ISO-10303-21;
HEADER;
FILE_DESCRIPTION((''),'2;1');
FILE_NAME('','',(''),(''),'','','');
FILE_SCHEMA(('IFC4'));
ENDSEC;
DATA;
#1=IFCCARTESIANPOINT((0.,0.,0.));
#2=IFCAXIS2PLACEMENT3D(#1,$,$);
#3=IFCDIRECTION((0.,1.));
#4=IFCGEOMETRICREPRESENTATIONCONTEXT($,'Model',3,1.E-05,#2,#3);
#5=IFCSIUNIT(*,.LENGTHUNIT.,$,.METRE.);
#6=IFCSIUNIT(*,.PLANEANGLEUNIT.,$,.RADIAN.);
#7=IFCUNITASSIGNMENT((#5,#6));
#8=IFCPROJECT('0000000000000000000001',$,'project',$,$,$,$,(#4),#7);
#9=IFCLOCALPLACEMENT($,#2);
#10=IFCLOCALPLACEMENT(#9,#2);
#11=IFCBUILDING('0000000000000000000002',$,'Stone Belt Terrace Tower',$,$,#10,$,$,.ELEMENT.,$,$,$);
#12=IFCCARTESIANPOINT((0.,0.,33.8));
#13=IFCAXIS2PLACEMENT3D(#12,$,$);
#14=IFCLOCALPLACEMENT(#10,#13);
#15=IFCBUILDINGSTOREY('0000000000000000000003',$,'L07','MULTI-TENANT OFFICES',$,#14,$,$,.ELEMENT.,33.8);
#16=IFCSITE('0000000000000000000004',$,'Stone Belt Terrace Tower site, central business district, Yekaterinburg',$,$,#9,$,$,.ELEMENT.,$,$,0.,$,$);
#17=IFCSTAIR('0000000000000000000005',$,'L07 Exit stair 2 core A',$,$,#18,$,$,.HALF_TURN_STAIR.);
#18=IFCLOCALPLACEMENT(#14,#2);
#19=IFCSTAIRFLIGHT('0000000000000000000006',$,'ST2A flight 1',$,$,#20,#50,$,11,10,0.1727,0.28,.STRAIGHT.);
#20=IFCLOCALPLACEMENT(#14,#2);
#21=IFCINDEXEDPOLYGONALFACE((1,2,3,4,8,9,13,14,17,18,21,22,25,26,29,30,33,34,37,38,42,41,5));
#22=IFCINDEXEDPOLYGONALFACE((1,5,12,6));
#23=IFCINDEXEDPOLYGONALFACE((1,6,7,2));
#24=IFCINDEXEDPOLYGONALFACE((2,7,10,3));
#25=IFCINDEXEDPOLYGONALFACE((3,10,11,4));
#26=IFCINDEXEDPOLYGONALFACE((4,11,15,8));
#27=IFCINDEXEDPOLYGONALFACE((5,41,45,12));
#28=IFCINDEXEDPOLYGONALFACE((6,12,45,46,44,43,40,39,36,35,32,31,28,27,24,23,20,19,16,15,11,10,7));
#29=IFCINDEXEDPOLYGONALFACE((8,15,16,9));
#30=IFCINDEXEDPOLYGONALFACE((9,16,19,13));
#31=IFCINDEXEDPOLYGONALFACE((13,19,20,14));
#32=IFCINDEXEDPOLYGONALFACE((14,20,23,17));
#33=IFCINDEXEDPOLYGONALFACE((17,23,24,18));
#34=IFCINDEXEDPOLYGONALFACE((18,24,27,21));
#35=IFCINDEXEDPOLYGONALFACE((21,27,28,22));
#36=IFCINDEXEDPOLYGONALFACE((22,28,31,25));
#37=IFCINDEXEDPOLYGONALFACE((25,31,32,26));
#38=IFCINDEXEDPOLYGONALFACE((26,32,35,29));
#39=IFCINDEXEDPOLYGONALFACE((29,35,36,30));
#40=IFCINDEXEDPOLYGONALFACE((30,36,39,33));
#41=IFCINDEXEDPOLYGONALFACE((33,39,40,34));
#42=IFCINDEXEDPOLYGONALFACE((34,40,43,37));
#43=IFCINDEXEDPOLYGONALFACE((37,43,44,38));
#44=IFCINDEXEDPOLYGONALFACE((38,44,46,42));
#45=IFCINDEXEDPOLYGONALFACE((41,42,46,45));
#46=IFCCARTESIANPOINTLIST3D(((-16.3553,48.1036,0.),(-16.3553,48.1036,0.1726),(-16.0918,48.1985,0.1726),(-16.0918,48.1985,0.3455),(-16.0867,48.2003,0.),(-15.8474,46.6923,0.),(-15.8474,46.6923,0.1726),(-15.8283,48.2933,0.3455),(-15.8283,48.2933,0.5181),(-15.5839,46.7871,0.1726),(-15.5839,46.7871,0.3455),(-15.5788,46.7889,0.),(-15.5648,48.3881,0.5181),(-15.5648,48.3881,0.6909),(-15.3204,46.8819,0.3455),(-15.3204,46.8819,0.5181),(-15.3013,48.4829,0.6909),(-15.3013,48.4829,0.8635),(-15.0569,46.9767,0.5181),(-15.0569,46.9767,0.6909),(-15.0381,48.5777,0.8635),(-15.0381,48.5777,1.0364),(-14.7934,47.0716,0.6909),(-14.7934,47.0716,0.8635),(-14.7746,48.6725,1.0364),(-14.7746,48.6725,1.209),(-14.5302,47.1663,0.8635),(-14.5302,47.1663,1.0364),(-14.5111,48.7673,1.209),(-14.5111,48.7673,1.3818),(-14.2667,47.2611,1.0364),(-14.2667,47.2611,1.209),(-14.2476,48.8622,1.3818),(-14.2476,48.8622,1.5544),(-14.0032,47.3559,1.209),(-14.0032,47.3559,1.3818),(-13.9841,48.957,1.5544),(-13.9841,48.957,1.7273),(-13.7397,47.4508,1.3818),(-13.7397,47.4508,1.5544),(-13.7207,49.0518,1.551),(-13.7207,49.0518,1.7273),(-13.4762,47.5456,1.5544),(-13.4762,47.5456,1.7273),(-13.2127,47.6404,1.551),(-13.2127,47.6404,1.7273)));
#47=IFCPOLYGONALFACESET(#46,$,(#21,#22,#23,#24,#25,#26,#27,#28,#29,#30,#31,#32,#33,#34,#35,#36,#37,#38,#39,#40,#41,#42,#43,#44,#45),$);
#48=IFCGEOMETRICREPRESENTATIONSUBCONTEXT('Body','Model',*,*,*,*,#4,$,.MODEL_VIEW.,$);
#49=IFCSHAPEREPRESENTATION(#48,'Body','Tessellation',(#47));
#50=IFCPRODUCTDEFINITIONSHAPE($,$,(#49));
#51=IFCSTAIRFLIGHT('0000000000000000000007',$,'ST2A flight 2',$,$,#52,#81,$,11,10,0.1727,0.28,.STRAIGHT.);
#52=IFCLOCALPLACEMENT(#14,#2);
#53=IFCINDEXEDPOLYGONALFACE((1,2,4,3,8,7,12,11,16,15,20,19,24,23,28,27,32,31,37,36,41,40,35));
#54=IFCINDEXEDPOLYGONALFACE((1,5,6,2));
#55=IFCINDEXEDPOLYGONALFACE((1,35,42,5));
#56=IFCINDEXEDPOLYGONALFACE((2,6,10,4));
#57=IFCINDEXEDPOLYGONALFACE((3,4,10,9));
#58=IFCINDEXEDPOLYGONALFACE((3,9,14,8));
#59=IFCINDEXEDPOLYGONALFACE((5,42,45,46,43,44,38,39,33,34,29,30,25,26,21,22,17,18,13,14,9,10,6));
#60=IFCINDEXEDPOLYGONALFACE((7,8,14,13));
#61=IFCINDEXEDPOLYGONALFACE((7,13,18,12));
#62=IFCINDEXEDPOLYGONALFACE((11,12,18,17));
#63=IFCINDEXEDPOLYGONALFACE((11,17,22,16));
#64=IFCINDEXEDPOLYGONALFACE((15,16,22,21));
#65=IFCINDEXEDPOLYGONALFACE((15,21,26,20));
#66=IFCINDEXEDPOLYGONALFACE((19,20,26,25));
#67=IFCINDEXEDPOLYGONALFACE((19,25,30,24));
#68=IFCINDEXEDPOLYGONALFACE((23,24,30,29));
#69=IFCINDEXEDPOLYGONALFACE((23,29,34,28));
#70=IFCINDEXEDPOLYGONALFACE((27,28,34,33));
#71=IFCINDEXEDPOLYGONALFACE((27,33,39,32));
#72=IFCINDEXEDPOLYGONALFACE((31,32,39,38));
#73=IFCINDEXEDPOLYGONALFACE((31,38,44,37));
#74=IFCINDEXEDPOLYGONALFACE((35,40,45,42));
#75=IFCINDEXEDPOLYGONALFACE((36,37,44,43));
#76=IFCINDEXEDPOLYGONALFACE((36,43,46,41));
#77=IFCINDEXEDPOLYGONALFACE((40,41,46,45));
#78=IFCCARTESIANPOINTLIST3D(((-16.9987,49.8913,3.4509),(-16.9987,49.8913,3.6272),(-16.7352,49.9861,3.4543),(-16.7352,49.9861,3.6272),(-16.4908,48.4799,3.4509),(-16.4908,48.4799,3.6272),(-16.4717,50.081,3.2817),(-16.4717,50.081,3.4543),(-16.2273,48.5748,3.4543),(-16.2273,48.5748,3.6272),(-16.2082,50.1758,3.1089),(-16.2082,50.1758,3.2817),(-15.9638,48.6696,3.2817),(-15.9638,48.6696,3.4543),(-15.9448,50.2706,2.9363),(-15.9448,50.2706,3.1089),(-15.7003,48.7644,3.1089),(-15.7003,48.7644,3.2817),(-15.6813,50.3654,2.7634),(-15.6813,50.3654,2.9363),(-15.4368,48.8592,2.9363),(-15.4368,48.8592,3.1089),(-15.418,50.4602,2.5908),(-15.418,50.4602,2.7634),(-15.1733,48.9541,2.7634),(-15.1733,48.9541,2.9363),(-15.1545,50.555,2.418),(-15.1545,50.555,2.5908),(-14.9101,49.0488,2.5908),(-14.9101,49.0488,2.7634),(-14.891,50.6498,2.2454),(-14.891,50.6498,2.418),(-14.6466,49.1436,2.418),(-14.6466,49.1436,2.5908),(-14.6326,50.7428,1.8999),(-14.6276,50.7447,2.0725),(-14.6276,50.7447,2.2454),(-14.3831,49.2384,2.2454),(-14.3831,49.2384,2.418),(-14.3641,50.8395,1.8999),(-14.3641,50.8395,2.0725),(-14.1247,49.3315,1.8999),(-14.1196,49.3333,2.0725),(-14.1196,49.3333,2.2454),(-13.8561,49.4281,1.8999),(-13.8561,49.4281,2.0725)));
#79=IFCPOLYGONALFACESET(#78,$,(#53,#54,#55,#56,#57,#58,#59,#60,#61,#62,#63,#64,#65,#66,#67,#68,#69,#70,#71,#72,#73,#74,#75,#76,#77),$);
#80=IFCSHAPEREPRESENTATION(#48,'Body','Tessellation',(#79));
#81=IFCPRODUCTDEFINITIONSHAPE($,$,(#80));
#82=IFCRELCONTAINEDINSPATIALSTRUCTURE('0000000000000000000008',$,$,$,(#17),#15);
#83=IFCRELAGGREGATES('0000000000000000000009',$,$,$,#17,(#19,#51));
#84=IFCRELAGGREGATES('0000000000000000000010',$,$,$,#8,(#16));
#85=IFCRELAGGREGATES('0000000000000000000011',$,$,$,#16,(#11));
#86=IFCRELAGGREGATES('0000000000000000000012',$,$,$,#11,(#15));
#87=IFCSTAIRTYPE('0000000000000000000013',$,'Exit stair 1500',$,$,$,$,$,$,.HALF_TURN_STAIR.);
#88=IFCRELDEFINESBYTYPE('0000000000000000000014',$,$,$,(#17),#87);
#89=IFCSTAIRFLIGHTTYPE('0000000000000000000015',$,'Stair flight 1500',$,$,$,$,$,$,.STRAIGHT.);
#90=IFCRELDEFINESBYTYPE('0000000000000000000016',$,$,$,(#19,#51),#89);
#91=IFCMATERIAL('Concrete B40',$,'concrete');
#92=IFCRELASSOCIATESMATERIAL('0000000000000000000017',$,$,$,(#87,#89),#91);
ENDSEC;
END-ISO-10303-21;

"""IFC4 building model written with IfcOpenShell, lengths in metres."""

from ifc_helpers import new_model, si_unit, direction, frame, origin, place, context, subcontext, project, spatial, polyline, outline, extrude, material, type_object, element, aggregate, save


model = new_model("IFC4")

# Units and contexts
model_context = context("Model", 3, precision=1e-05, world=origin(), true_north=direction((0.0, 1.0)))
body_context = subcontext(model_context, "Body", "Model", "MODEL_VIEW")
ifc_project = project(units=[si_unit("LENGTHUNIT", "METRE"), si_unit("PLANEANGLEUNIT", "RADIAN")], contexts=[model_context])

# Site, building, storey
site_placement = place(None, origin())
site = spatial("IfcSite", under=ifc_project, at=site_placement, Name="Stone Belt Terrace Tower site, central business district, Yekaterinburg", CompositionType="ELEMENT", RefElevation=0.0)
building_placement = place(site_placement, origin())
building = spatial("IfcBuilding", under=site, at=building_placement, Name="Stone Belt Terrace Tower", CompositionType="ELEMENT")
storey_placement = place(building_placement, frame((0.0, 0.0, 33.8)))
storey = spatial("IfcBuildingStorey", under=building, at=storey_placement, Name="L07", Description="MULTI-TENANT OFFICES", CompositionType="ELEMENT", Elevation=33.8)

# Stair, stair flights
ifc_material_1 = material(Name="Concrete B40", Category="concrete")
stair_type = type_object("IfcStairType", Name="Exit stair 1500", PredefinedType="HALF_TURN_STAIR", material=ifc_material_1)
stair_placement = place(storey_placement, origin())
stair = element("IfcStair", 1, at=stair_placement, inside=storey, type_object=stair_type, Name="L07 Exit stair 2 core A", PredefinedType="HALF_TURN_STAIR")
stair_flight_type = type_object("IfcStairFlightType", Name="Stair flight 1500", PredefinedType="STRAIGHT", material=ifc_material_1)
stair_flight_1_placement = place(storey_placement, frame((-16.1013, 47.3979, 0.0), z_axis=(0.0, 0.0, 1.0), x_axis=(0.940922, 0.338624, 0.0)))
stair_flight_1 = element("IfcStairFlight", 2, at=stair_flight_1_placement, type_object=stair_flight_type, Name="ST2A flight 1", NumberOfRisers=11, NumberOfTreads=10, PredefinedType="STRAIGHT", RiserHeight=0.1727, TreadLength=0.28, context=body_context, shape_type="SweptSolid", body=[
    extrude(outline(polyline([(0.0, 0.0), (0.0, 0.1726), (0.28, 0.1726), (0.28, 0.3455), (0.5601, 0.3455), (0.5601, 0.5181), (0.8401, 0.5181), (0.8401, 0.6909), (1.1201, 0.6909), (1.1201, 0.8635), (1.3999, 0.8635), (1.3999, 1.0364), (1.6799, 1.0364), (1.6799, 1.209), (1.96, 1.209), (1.96, 1.3818), (2.24, 1.3818), (2.24, 1.5544), (2.52, 1.5544), (2.52, 1.7273), (2.8, 1.7273), (2.8, 1.8999), (2.8, 1.551), (0.2854, 0.0), (0.0, 0.0)])), frame((0.0, 0.75, 0.0), z_axis=(0.0, -1.0, 0.0), x_axis=(1.0, 0.0, 0.0)), (0.0, 0.0, 1.0), 1.5),
])
stair_flight_2_placement = place(storey_placement, frame((-14.1101, 50.1338, 1.8999), z_axis=(0.0, 0.0, 1.0), x_axis=(-0.940922, -0.338624, 0.0)))
stair_flight_2 = element("IfcStairFlight", 3, at=stair_flight_2_placement, type_object=stair_flight_type, Name="ST2A flight 2", NumberOfRisers=11, NumberOfTreads=10, PredefinedType="STRAIGHT", RiserHeight=0.1727, TreadLength=0.28, context=body_context, shape_type="SweptSolid", body=[
    extrude(outline(polyline([(0.0, 0.0), (0.0, 0.1726), (0.28, 0.1726), (0.28, 0.3455), (0.5601, 0.3455), (0.5601, 0.5181), (0.8401, 0.5181), (0.8401, 0.6909), (1.1201, 0.6909), (1.1201, 0.8635), (1.3999, 0.8635), (1.3999, 1.0364), (1.6799, 1.0364), (1.6799, 1.209), (1.96, 1.209), (1.96, 1.3818), (2.24, 1.3818), (2.24, 1.5544), (2.52, 1.5544), (2.52, 1.7273), (2.8, 1.7273), (2.8, 1.8999), (2.8, 1.551), (0.2854, 0.0), (0.0, 0.0)])), frame((0.0, 0.75, 0.0), z_axis=(0.0, -1.0, 0.0), x_axis=(1.0, 0.0, 0.0)), (0.0, 0.0, 1.0), 1.5),
])
aggregate(stair, [stair_flight_1, stair_flight_2])

save(model, "model.ifc")
